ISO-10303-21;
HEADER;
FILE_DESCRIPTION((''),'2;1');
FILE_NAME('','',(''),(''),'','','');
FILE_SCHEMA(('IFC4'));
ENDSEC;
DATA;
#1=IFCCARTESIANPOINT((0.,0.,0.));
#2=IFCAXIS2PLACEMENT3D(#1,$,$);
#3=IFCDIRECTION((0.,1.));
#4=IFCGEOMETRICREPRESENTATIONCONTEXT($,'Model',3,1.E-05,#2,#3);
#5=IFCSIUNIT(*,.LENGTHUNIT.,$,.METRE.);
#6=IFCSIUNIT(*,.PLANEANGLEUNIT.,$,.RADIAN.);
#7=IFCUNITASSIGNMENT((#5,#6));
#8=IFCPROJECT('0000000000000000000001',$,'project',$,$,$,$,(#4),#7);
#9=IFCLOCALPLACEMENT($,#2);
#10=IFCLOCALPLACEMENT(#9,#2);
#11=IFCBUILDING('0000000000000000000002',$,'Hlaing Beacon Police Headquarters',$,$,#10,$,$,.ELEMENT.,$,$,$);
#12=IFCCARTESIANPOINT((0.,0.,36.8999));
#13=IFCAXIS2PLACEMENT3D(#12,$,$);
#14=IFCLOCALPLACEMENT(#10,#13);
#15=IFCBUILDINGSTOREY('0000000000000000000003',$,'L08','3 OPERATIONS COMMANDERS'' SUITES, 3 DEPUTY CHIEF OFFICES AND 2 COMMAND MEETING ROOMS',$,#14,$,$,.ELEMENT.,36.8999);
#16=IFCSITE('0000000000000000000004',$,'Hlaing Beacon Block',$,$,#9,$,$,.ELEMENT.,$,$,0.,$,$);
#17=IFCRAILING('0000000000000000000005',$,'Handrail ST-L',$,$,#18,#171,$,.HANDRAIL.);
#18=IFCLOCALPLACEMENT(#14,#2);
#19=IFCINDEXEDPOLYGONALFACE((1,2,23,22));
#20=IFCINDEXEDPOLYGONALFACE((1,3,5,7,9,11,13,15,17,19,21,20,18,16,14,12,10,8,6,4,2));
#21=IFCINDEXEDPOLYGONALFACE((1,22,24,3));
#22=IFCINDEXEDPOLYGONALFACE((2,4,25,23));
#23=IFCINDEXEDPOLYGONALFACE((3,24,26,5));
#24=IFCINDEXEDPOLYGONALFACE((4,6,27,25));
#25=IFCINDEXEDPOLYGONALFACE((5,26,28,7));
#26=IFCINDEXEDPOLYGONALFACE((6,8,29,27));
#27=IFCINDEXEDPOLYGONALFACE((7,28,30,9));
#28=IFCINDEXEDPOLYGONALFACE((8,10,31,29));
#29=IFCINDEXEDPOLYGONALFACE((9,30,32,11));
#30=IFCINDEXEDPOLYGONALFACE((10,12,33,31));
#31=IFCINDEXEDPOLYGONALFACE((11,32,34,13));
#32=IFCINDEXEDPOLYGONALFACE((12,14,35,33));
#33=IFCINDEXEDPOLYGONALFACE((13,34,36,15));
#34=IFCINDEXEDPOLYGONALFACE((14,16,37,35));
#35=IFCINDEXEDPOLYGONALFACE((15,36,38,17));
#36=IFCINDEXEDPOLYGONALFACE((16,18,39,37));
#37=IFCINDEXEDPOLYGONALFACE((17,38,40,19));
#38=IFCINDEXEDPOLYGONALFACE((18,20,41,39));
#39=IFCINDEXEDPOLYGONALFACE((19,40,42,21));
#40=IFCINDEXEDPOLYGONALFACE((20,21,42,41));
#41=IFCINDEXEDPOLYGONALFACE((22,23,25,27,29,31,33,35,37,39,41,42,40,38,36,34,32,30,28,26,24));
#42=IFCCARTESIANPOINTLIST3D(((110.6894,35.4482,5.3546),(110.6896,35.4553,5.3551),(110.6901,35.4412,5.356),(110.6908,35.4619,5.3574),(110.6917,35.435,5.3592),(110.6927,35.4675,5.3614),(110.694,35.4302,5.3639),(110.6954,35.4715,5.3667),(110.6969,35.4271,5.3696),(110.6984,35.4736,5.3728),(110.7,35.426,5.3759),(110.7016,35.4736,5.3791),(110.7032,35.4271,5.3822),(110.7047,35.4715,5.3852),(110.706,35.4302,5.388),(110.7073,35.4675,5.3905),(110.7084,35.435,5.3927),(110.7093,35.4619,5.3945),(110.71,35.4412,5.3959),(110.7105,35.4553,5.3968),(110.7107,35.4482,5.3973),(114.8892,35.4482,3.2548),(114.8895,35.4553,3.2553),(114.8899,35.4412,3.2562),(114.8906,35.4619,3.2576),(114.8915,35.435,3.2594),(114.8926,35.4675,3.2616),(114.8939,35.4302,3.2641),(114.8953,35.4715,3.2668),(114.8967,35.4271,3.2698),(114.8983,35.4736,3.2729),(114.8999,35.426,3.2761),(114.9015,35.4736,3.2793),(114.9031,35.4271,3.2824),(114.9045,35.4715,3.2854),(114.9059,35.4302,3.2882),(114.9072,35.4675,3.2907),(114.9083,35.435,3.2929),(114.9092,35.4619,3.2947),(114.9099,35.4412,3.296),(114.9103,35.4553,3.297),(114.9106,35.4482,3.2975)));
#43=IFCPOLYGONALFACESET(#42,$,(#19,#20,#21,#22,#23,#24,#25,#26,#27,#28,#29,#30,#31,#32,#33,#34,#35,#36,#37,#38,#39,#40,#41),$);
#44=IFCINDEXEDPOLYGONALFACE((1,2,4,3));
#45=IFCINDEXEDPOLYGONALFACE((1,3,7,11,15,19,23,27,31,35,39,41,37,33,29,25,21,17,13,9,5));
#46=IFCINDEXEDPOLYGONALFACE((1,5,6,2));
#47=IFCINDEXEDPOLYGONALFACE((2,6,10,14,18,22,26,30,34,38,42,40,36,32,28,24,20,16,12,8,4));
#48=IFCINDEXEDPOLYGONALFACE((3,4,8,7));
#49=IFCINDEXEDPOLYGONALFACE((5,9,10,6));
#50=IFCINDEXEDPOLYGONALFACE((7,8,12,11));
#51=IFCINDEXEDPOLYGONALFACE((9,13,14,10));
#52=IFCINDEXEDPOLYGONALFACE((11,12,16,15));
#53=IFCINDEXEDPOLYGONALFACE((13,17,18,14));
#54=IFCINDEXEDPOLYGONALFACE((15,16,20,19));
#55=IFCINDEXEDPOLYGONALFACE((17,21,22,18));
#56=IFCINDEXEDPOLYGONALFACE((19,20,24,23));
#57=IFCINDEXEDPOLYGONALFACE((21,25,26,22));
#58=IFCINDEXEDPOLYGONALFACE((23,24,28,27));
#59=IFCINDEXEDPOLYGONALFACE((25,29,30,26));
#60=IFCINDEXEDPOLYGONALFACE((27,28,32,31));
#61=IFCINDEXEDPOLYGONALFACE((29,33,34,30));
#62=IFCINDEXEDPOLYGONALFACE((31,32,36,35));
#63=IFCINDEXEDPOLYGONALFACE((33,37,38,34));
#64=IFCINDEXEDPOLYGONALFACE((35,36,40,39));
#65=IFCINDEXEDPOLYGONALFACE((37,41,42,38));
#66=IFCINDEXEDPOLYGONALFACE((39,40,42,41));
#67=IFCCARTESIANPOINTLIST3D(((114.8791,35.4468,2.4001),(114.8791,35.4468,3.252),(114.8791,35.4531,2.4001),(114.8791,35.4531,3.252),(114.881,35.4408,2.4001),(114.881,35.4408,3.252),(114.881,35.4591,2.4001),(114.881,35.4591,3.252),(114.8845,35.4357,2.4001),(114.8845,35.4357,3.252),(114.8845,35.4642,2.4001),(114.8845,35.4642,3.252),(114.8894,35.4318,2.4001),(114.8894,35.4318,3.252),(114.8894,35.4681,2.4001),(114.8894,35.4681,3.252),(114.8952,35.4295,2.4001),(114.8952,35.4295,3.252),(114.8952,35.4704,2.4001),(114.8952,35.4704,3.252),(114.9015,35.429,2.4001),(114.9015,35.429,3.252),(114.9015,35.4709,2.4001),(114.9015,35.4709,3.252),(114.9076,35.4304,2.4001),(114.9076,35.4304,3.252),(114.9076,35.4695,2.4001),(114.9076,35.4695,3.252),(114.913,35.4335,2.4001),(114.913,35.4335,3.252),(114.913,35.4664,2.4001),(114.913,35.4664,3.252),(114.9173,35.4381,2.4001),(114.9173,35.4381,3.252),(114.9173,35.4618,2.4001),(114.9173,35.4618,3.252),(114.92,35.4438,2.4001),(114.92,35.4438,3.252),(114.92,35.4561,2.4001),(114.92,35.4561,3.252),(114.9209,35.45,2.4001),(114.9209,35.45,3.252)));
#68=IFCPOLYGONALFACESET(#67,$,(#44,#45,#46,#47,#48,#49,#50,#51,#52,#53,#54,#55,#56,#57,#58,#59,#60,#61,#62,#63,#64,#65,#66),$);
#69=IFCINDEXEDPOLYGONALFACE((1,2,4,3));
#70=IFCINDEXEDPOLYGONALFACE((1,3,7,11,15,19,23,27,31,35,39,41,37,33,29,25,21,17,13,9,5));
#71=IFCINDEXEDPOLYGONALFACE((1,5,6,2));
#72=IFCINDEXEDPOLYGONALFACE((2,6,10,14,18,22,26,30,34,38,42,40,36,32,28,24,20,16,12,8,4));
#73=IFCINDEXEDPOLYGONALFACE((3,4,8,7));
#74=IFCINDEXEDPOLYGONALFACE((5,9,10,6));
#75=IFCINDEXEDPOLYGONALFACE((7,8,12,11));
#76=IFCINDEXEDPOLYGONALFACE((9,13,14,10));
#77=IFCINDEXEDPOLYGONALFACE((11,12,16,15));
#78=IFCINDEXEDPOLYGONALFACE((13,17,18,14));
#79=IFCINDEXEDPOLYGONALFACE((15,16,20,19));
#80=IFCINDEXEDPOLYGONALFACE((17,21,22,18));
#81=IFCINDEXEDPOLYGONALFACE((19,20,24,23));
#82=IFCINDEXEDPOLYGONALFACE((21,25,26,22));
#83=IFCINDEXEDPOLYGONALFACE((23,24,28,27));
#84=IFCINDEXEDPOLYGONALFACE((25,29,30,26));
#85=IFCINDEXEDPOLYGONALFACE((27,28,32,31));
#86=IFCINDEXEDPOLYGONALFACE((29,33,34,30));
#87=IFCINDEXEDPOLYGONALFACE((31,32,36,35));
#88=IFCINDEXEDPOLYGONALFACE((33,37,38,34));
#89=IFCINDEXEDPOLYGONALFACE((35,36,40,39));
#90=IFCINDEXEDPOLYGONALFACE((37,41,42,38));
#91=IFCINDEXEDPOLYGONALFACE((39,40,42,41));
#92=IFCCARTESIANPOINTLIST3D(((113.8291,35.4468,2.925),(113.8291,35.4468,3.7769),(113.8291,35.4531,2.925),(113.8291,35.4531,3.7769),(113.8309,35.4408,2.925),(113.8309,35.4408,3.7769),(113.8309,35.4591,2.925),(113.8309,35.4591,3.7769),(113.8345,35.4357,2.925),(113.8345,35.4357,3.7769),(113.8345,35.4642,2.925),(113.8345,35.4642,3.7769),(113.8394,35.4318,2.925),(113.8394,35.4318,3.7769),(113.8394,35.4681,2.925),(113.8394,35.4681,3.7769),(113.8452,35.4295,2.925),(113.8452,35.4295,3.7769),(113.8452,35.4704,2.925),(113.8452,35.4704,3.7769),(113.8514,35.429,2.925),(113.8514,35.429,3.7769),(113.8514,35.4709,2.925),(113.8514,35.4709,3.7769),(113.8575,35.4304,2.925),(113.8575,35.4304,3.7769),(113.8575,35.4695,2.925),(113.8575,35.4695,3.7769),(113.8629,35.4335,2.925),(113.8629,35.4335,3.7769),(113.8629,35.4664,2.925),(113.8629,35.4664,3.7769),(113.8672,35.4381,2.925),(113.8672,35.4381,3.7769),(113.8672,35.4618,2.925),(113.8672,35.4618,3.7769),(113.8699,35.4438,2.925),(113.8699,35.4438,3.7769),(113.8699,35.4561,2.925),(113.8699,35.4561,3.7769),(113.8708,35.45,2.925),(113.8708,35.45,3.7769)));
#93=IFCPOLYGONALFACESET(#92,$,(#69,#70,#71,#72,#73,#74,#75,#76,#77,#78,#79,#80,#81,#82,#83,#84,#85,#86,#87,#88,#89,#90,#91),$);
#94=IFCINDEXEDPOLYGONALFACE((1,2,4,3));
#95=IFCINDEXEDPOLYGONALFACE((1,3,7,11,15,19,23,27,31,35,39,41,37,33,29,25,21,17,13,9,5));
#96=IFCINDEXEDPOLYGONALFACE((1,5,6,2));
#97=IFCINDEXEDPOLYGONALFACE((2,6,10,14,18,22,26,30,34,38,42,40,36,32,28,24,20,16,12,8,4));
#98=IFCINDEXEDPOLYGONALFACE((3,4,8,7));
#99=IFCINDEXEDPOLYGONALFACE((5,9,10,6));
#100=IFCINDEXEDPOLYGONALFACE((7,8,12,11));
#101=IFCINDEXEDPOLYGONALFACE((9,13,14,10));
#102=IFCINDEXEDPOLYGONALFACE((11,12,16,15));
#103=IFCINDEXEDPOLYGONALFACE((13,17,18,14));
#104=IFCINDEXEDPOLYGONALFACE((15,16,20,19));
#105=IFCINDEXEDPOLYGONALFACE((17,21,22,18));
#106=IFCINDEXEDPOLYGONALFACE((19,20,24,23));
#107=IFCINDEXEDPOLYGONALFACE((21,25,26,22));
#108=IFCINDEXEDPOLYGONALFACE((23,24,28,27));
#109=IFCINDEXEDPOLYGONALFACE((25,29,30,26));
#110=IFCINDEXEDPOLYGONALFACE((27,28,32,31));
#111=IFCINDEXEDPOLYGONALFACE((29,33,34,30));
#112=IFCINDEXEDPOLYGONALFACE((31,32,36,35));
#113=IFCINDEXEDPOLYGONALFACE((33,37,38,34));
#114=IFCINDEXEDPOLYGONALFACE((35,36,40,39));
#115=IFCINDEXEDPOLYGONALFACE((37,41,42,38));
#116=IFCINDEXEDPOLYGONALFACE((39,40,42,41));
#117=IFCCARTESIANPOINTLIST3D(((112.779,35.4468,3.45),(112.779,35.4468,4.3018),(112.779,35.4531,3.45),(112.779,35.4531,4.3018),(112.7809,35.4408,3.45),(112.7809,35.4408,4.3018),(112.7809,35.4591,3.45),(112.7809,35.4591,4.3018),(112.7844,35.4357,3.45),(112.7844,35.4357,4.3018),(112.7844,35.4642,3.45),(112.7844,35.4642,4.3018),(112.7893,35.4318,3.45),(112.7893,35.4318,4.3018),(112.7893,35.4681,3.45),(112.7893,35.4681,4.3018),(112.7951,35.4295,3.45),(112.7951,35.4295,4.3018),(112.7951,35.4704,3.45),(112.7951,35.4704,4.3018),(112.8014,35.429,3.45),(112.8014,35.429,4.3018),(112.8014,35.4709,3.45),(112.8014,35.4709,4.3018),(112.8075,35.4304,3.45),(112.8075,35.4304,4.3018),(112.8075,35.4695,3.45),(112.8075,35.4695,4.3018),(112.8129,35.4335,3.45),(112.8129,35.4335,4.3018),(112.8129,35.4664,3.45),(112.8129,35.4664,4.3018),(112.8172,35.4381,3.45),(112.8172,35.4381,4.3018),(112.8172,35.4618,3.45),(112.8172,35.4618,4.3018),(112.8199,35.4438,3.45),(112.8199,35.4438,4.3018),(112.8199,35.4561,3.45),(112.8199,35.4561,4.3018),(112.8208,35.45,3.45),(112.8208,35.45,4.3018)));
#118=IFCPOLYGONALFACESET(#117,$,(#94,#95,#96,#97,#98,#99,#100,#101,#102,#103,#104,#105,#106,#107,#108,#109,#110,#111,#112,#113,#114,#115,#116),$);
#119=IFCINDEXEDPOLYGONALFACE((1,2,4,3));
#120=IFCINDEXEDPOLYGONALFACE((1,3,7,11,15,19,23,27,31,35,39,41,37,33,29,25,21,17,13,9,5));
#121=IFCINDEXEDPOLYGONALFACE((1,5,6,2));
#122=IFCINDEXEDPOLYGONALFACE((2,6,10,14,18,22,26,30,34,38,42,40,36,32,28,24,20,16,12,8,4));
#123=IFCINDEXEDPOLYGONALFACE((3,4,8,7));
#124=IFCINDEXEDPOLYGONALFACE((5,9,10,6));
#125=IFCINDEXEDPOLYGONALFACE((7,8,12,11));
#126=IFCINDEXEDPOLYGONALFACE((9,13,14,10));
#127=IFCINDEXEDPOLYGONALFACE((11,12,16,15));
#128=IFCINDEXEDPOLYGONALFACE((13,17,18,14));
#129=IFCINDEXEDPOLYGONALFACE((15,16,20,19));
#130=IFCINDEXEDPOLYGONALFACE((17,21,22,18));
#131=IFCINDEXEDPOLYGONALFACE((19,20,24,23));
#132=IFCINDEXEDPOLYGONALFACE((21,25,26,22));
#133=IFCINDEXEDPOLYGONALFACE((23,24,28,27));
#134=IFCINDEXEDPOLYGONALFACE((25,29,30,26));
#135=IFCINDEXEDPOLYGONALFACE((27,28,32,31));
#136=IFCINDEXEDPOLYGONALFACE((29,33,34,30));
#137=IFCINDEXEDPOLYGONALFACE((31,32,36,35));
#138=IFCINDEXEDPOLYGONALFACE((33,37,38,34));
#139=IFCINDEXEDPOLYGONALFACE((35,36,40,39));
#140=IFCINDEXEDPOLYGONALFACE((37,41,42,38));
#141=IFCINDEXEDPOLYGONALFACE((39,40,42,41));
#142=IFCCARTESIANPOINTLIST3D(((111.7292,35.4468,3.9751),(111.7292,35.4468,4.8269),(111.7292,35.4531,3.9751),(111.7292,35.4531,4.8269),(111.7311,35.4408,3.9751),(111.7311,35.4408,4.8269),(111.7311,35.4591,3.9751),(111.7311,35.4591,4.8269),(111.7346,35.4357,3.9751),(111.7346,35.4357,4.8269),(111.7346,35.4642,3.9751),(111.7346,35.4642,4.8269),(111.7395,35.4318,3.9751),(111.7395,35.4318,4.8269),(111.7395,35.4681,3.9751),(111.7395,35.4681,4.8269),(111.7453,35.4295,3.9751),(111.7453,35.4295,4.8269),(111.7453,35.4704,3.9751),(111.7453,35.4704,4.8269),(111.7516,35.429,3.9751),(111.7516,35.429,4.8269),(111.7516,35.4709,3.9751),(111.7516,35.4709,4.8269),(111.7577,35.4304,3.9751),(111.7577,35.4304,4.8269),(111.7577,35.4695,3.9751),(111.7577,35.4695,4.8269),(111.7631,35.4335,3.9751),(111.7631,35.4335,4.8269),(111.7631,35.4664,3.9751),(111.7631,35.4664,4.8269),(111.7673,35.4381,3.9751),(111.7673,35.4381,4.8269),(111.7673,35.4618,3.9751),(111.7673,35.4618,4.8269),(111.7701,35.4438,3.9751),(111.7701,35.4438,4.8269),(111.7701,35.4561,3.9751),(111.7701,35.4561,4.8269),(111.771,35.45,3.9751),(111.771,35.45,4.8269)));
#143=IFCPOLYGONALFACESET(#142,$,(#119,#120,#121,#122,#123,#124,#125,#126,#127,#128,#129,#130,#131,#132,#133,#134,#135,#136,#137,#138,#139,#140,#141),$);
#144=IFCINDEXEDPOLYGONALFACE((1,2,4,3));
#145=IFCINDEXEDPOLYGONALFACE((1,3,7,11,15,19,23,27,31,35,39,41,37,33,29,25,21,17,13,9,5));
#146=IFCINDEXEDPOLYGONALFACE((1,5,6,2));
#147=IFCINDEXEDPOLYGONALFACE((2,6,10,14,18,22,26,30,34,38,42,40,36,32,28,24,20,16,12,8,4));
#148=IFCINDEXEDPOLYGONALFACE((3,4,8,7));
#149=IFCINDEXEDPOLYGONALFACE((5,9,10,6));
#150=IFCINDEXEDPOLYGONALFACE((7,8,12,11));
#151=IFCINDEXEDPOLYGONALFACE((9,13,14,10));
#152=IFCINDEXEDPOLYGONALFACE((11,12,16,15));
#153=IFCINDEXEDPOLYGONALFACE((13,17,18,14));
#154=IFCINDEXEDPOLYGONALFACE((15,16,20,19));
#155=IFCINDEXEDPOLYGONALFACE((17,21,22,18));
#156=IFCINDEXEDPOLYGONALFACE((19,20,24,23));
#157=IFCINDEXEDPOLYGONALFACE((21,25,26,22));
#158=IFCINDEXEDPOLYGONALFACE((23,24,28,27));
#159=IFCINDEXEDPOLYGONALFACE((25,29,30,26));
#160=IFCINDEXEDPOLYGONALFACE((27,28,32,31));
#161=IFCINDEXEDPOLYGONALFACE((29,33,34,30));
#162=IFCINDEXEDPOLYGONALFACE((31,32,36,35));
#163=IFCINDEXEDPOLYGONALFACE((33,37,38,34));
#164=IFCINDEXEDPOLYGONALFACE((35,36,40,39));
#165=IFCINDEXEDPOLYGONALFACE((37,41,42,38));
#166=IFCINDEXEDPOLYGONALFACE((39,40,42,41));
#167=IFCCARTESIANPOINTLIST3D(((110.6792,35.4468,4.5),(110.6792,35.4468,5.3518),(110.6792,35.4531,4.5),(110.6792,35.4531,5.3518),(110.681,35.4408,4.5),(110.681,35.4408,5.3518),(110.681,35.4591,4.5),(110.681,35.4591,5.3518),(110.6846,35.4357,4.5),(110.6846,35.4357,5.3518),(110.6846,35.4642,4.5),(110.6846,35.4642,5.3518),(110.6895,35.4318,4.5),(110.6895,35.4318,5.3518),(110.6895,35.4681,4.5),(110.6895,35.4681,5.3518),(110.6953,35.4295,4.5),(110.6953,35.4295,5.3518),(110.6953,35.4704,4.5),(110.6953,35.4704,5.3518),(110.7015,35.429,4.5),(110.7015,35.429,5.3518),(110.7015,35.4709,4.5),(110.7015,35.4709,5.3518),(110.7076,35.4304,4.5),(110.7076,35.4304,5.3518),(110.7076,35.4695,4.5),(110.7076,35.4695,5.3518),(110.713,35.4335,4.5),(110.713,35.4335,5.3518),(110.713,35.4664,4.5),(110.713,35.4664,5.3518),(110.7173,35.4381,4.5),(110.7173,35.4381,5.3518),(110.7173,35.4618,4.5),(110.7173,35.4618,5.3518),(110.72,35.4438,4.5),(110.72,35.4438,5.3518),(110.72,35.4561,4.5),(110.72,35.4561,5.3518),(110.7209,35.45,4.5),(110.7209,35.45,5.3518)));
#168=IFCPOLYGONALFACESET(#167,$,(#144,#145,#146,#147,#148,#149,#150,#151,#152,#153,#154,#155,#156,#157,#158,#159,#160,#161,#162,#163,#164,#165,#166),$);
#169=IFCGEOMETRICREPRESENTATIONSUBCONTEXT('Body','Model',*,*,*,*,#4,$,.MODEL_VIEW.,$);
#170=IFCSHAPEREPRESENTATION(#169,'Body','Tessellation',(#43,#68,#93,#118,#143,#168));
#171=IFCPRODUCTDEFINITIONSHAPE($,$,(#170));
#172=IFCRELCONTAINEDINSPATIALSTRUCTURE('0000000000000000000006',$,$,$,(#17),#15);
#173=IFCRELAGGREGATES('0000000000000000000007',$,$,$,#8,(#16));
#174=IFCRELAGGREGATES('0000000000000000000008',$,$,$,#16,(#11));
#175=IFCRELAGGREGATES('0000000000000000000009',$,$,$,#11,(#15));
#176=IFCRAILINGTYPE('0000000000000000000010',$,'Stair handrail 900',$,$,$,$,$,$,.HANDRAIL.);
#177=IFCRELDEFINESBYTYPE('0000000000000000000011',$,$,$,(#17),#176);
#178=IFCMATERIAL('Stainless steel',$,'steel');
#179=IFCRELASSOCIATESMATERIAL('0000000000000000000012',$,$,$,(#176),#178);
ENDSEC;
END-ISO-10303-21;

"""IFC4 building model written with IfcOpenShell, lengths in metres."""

from ifc_helpers import new_model, si_unit, direction, frame, origin, origin_2d, place, context, subcontext, project, spatial, circle, extrude, material, type_object, element, save


model = new_model("IFC4")

# Units and contexts
model_context = context("Model", 3, precision=1e-05, world=origin(), true_north=direction((0.0, 1.0)))
body_context = subcontext(model_context, "Body", "Model", "MODEL_VIEW")
ifc_project = project(units=[si_unit("LENGTHUNIT", "METRE"), si_unit("PLANEANGLEUNIT", "RADIAN")], contexts=[model_context])

# Site, building, storey
site_placement = place(None, origin())
site = spatial("IfcSite", under=ifc_project, at=site_placement, Name="Hlaing Beacon Block", CompositionType="ELEMENT", RefElevation=0.0)
building_placement = place(site_placement, origin())
building = spatial("IfcBuilding", under=site, at=building_placement, Name="Hlaing Beacon Police Headquarters", CompositionType="ELEMENT")
storey_placement = place(building_placement, frame((0.0, 0.0, 36.8999)))
storey = spatial("IfcBuildingStorey", under=building, at=storey_placement, Name="L08", Description="3 OPERATIONS COMMANDERS' SUITES, 3 DEPUTY CHIEF OFFICES AND 2 COMMAND MEETING ROOMS", CompositionType="ELEMENT", Elevation=36.8999)

# Railing
ifc_material_1 = material(Name="Stainless steel", Category="steel")
railing_type_1 = type_object("IfcRailingType", Name="Stair handrail 900", PredefinedType="HANDRAIL", material=ifc_material_1)
for number, where, name in (
    (1, (114.8999, 35.45, 2.4001), "Handrail ST-L"),
):
    element("IfcRailing", number, at=place(storey_placement, frame(where)), inside=storey, type_object=railing_type_1, Name=name, PredefinedType="HANDRAIL", context=body_context, shape_type="SweptSolid", body=[
        extrude(circle(Radius=0.0239, at=origin_2d()), frame((0.0, 0.0, 0.876), z_axis=(-0.894438, 0.0, 0.447193), x_axis=(0.0, -1.0, 0.0)), (0.0, 0.0, 1.0), 4.6956),
        extrude(circle(Radius=0.021, at=origin_2d()), origin(), (0.0, 0.0, 1.0), 0.8518),
        extrude(circle(Radius=0.021, at=origin_2d()), frame((-1.05, 0.0, 0.5249)), (0.0, 0.0, 1.0), 0.8518),
        extrude(circle(Radius=0.021, at=origin_2d()), frame((-2.1001, 0.0, 1.0498)), (0.0, 0.0, 1.0), 0.8518),
        extrude(circle(Radius=0.021, at=origin_2d()), frame((-3.1499, 0.0, 1.575)), (0.0, 0.0, 1.0), 0.8518),
        extrude(circle(Radius=0.021, at=origin_2d()), frame((-4.2, 0.0, 2.0999)), (0.0, 0.0, 1.0), 0.8518),
    ])

save(model, "model.ifc")
